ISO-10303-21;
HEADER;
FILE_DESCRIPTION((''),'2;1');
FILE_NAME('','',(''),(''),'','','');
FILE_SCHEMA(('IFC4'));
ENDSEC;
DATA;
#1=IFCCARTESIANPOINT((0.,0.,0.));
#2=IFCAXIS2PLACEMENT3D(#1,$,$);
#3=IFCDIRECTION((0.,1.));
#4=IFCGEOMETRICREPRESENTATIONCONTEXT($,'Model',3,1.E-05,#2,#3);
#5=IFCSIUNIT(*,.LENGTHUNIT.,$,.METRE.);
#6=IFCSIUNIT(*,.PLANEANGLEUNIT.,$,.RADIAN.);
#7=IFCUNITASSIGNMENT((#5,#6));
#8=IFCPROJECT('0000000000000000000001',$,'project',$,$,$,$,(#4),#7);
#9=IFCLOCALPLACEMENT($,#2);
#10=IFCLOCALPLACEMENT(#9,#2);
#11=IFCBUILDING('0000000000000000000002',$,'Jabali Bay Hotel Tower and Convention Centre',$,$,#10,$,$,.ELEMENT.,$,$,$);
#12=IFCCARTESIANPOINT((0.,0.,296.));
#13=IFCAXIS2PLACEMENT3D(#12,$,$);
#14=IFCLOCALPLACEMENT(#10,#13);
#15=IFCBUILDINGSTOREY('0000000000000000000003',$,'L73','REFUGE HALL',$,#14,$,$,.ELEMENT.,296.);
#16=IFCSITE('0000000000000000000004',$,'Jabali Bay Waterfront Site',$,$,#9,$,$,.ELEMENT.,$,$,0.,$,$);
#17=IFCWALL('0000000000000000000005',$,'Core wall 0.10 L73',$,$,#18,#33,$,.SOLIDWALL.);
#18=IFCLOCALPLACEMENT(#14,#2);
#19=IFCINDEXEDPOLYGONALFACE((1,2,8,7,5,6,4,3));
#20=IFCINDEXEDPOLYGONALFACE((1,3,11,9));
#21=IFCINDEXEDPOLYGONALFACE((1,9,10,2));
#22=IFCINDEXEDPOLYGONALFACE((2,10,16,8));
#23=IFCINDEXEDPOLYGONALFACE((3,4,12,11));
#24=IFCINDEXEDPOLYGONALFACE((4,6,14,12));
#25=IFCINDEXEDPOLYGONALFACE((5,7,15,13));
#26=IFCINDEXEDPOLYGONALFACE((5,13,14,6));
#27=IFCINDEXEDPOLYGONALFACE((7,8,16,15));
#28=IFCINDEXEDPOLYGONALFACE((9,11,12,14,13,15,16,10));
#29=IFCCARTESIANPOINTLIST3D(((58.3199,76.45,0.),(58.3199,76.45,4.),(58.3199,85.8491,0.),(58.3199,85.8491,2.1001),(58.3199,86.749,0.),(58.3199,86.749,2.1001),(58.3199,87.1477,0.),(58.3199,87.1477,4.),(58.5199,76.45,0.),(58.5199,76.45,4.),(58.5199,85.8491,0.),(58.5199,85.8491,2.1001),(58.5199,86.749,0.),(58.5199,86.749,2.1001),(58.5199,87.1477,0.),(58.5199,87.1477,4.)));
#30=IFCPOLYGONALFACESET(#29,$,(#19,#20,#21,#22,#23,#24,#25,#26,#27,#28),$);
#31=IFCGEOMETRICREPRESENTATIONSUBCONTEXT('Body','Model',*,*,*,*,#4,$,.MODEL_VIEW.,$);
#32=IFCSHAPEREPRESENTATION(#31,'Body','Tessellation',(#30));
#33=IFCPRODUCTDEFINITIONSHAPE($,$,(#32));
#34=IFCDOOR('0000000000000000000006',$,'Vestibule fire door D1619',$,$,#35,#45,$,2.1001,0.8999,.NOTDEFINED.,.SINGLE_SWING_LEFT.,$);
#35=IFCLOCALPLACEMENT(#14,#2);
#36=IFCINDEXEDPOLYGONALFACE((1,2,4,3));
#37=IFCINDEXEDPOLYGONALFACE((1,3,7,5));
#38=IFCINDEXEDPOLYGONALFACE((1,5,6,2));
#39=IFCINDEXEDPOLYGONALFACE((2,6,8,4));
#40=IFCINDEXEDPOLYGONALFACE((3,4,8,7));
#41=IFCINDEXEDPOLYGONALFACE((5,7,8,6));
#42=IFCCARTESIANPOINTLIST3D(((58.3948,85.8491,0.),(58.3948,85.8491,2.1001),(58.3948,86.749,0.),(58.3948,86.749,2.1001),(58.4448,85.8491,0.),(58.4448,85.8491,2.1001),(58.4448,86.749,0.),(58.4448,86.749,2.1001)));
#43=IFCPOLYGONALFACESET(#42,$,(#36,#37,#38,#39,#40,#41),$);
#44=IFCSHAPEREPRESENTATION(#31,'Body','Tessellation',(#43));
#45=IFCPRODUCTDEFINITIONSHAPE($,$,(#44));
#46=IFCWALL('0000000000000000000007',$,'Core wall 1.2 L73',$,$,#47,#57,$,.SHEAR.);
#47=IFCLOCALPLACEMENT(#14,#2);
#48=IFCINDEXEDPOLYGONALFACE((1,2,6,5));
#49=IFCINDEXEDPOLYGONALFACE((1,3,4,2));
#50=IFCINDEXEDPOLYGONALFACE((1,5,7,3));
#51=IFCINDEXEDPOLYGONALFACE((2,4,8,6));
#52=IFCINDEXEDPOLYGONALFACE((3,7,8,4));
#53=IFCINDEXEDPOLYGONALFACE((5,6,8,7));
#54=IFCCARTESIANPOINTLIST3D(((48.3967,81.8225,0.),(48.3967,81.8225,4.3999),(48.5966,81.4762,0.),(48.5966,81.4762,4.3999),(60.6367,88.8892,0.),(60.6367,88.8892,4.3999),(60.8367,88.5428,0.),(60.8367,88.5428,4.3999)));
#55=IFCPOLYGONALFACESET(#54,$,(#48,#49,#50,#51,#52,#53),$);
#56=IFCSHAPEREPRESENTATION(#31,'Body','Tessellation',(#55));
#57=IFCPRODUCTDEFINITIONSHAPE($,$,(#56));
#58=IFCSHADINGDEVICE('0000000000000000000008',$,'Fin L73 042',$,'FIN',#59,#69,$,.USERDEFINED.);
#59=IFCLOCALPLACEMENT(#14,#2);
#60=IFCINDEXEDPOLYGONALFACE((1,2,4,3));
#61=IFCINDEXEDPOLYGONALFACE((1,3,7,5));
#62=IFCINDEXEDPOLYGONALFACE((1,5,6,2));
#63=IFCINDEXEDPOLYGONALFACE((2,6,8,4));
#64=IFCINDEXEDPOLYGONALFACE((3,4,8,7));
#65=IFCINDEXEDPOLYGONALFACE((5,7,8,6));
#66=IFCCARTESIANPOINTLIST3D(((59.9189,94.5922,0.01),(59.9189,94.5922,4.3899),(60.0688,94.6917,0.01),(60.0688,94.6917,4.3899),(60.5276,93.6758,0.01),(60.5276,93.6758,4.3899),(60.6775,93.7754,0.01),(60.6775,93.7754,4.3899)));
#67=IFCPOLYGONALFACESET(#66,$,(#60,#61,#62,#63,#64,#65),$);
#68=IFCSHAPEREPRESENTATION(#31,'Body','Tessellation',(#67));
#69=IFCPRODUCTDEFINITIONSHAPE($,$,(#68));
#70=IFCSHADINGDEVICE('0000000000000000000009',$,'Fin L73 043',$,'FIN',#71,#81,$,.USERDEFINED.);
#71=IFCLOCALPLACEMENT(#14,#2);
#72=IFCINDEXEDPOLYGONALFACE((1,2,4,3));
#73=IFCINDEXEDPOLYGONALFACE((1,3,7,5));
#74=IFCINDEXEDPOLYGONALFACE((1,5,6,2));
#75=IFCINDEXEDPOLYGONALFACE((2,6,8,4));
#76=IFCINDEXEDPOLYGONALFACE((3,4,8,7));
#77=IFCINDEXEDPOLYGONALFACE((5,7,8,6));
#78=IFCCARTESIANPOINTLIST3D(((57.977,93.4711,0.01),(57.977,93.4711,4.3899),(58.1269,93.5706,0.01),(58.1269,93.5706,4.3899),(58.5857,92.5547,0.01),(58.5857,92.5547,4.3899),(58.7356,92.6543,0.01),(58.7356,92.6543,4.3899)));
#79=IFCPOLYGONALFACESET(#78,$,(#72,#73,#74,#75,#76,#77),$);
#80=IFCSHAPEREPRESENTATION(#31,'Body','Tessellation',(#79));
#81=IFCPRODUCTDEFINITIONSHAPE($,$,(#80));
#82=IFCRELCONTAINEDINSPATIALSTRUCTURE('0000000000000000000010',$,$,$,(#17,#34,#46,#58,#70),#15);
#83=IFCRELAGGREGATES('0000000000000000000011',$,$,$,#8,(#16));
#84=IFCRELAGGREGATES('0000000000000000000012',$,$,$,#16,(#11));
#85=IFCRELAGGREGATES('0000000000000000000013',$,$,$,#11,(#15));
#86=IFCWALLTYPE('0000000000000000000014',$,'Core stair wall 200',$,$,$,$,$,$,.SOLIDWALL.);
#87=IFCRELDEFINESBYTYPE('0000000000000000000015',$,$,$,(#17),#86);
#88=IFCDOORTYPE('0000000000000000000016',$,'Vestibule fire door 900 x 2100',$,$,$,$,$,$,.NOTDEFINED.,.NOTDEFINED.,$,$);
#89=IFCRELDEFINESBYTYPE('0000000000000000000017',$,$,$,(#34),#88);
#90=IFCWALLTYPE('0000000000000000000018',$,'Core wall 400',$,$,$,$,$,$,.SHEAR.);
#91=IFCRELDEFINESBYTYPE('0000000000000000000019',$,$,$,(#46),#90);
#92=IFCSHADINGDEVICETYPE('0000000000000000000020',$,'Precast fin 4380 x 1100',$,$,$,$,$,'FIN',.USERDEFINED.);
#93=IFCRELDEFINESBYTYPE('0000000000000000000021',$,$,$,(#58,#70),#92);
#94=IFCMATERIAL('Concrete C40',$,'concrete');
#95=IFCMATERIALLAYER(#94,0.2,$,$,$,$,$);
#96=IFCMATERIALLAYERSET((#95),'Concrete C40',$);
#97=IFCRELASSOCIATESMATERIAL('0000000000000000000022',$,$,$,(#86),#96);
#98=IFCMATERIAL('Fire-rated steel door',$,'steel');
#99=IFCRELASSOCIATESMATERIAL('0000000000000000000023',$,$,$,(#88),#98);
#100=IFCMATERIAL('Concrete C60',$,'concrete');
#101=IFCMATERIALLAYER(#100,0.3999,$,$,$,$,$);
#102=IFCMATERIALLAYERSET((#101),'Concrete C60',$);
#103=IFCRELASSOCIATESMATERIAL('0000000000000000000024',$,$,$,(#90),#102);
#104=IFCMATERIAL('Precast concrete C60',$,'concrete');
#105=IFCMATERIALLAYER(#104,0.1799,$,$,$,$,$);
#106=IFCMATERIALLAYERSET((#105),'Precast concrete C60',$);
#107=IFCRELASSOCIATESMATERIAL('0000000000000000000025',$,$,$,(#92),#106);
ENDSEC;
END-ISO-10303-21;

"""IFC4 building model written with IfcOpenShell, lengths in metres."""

from ifc_helpers import new_model, si_unit, direction, frame, frame_2d, origin, place, context, subcontext, project, spatial, rectangle, extrude, material, layer, layer_set, type_object, element, fill, save


model = new_model("IFC4")

# Units and contexts
model_context = context("Model", 3, precision=1e-05, world=origin(), true_north=direction((0.0, 1.0)))
body_context = subcontext(model_context, "Body", "Model", "MODEL_VIEW")
ifc_project = project(units=[si_unit("LENGTHUNIT", "METRE"), si_unit("PLANEANGLEUNIT", "RADIAN")], contexts=[model_context])

# Site, building, storey
site_placement = place(None, origin())
site = spatial("IfcSite", under=ifc_project, at=site_placement, Name="Jabali Bay Waterfront Site", CompositionType="ELEMENT", RefElevation=0.0)
building_placement = place(site_placement, origin())
building = spatial("IfcBuilding", under=site, at=building_placement, Name="Jabali Bay Hotel Tower and Convention Centre", CompositionType="ELEMENT")
storey_placement = place(building_placement, frame((0.0, 0.0, 296.0)))
storey = spatial("IfcBuildingStorey", under=building, at=storey_placement, Name="L73", Description="REFUGE HALL", CompositionType="ELEMENT", Elevation=296.0)

# Shared definitions
ifc_material_1 = material(Name="Concrete C40", Category="concrete")
ifc_layer_1 = layer(ifc_material_1, 0.2)
ifc_layer_set_1 = layer_set([ifc_layer_1], Name="Concrete C40")
wall_type_1 = type_object("IfcWallType", Name="Core stair wall 200", PredefinedType="SOLIDWALL", material=ifc_layer_set_1)

# Shared definitions
ifc_material_2 = material(Name="Fire-rated steel door", Category="steel")

# Wall, opening, door
wall_1_placement = place(storey_placement, frame((58.4199, 87.1477, 0.0), z_axis=(0.0, 0.0, 1.0), x_axis=(0.0, -1.0, 0.0)))
wall_1 = element("IfcWall", 1, at=wall_1_placement, inside=storey, type_object=wall_type_1, Name="Core wall 0.10 L73", PredefinedType="SOLIDWALL", context=body_context, shape_type="SweptSolid", body=[
    extrude(rectangle(XDim=10.6978, YDim=0.2, at=frame_2d((5.3489, 0.0))), origin(), (0.0, 0.0, 1.0), 4.0),
])
opening_1_placement = place(wall_1_placement, frame((0.3987, 0.0, 0.0)))
opening_1 = element("IfcOpeningElement", 2, at=opening_1_placement, cuts=wall_1, PredefinedType="OPENING", context=body_context, shape_type="SweptSolid", body=[
    extrude(rectangle(XDim=0.8999, YDim=2.1001, at=frame_2d((0.45, 1.05))), frame((0.0, 0.1104, 0.0), z_axis=(0.0, -1.0, 0.0), x_axis=(1.0, 0.0, 0.0)), (0.0, 0.0, 1.0), 0.2209),
])
door_type_1 = type_object("IfcDoorType", Name="Vestibule fire door 900 x 2100", OperationType="NOTDEFINED", PredefinedType="NOTDEFINED", material=ifc_material_2)
door_1_placement = place(opening_1_placement, origin())
door_1 = element("IfcDoor", 3, at=door_1_placement, inside=storey, type_object=door_type_1, Name="Vestibule fire door D1619", OperationType="SINGLE_SWING_LEFT", OverallHeight=2.1001, OverallWidth=0.8999, PredefinedType="NOTDEFINED", context=body_context, shape_type="SweptSolid", body=[
    extrude(rectangle(XDim=0.8999, YDim=2.1001, at=frame_2d((0.45, 1.05))), frame((0.0, 0.0249, 0.0), z_axis=(0.0, -1.0, 0.0), x_axis=(1.0, 0.0, 0.0)), (0.0, 0.0, 1.0), 0.05),
])
fill(opening_1, door_1)

# Wall
ifc_material_3 = material(Name="Concrete C60", Category="concrete")
ifc_layer_2 = layer(ifc_material_3, 0.3999)
ifc_layer_set_2 = layer_set([ifc_layer_2], Name="Concrete C60")
wall_type_2 = type_object("IfcWallType", Name="Core wall 400", PredefinedType="SHEAR", material=ifc_layer_set_2)
wall_2_placement = place(storey_placement, frame((60.7368, 88.7161, 0.0), z_axis=(0.0, 0.0, 1.0), x_axis=(-0.866029, -0.499994, 0.0)))
element("IfcWall", 4, at=wall_2_placement, inside=storey, type_object=wall_type_2, Name="Core wall 1.2 L73", PredefinedType="SHEAR", context=body_context, shape_type="SweptSolid", body=[
    extrude(rectangle(XDim=14.1335, YDim=0.3999, at=frame_2d((7.0669, 0.0))), origin(), (0.0, 0.0, 1.0), 4.3999),
])

# Shading devices
ifc_material_4 = material(Name="Precast concrete C60", Category="concrete")
ifc_layer_3 = layer(ifc_material_4, 0.1799)
ifc_layer_set_3 = layer_set([ifc_layer_3], Name="Precast concrete C60")
shading_device_type = type_object("IfcShadingDeviceType", Name="Precast fin 4380 x 1100", ElementType="FIN", PredefinedType="USERDEFINED", material=ifc_layer_set_3)
for number, where, z_axis, x_axis, name in (
    (5, (60.6025, 93.7256, 0.01), (0.0, 0.0, 1.0), (-0.553317, 0.832971, 0.0), "Fin L73 042"),
    (6, (58.6606, 92.6045, 0.01), (0.0, 0.0, 1.0), (-0.553317, 0.832971, 0.0), "Fin L73 043"),
):
    element("IfcShadingDevice", number, at=place(storey_placement, frame(where, z_axis=z_axis, x_axis=x_axis)), inside=storey, type_object=shading_device_type, Name=name, ObjectType="FIN", PredefinedType="USERDEFINED", context=body_context, shape_type="SweptSolid", body=[
        extrude(rectangle(XDim=1.1001, YDim=0.1799, at=frame_2d((0.55, 0.0))), origin(), (0.0, 0.0, 1.0), 4.3799),
    ])

save(model, "model.ifc")
